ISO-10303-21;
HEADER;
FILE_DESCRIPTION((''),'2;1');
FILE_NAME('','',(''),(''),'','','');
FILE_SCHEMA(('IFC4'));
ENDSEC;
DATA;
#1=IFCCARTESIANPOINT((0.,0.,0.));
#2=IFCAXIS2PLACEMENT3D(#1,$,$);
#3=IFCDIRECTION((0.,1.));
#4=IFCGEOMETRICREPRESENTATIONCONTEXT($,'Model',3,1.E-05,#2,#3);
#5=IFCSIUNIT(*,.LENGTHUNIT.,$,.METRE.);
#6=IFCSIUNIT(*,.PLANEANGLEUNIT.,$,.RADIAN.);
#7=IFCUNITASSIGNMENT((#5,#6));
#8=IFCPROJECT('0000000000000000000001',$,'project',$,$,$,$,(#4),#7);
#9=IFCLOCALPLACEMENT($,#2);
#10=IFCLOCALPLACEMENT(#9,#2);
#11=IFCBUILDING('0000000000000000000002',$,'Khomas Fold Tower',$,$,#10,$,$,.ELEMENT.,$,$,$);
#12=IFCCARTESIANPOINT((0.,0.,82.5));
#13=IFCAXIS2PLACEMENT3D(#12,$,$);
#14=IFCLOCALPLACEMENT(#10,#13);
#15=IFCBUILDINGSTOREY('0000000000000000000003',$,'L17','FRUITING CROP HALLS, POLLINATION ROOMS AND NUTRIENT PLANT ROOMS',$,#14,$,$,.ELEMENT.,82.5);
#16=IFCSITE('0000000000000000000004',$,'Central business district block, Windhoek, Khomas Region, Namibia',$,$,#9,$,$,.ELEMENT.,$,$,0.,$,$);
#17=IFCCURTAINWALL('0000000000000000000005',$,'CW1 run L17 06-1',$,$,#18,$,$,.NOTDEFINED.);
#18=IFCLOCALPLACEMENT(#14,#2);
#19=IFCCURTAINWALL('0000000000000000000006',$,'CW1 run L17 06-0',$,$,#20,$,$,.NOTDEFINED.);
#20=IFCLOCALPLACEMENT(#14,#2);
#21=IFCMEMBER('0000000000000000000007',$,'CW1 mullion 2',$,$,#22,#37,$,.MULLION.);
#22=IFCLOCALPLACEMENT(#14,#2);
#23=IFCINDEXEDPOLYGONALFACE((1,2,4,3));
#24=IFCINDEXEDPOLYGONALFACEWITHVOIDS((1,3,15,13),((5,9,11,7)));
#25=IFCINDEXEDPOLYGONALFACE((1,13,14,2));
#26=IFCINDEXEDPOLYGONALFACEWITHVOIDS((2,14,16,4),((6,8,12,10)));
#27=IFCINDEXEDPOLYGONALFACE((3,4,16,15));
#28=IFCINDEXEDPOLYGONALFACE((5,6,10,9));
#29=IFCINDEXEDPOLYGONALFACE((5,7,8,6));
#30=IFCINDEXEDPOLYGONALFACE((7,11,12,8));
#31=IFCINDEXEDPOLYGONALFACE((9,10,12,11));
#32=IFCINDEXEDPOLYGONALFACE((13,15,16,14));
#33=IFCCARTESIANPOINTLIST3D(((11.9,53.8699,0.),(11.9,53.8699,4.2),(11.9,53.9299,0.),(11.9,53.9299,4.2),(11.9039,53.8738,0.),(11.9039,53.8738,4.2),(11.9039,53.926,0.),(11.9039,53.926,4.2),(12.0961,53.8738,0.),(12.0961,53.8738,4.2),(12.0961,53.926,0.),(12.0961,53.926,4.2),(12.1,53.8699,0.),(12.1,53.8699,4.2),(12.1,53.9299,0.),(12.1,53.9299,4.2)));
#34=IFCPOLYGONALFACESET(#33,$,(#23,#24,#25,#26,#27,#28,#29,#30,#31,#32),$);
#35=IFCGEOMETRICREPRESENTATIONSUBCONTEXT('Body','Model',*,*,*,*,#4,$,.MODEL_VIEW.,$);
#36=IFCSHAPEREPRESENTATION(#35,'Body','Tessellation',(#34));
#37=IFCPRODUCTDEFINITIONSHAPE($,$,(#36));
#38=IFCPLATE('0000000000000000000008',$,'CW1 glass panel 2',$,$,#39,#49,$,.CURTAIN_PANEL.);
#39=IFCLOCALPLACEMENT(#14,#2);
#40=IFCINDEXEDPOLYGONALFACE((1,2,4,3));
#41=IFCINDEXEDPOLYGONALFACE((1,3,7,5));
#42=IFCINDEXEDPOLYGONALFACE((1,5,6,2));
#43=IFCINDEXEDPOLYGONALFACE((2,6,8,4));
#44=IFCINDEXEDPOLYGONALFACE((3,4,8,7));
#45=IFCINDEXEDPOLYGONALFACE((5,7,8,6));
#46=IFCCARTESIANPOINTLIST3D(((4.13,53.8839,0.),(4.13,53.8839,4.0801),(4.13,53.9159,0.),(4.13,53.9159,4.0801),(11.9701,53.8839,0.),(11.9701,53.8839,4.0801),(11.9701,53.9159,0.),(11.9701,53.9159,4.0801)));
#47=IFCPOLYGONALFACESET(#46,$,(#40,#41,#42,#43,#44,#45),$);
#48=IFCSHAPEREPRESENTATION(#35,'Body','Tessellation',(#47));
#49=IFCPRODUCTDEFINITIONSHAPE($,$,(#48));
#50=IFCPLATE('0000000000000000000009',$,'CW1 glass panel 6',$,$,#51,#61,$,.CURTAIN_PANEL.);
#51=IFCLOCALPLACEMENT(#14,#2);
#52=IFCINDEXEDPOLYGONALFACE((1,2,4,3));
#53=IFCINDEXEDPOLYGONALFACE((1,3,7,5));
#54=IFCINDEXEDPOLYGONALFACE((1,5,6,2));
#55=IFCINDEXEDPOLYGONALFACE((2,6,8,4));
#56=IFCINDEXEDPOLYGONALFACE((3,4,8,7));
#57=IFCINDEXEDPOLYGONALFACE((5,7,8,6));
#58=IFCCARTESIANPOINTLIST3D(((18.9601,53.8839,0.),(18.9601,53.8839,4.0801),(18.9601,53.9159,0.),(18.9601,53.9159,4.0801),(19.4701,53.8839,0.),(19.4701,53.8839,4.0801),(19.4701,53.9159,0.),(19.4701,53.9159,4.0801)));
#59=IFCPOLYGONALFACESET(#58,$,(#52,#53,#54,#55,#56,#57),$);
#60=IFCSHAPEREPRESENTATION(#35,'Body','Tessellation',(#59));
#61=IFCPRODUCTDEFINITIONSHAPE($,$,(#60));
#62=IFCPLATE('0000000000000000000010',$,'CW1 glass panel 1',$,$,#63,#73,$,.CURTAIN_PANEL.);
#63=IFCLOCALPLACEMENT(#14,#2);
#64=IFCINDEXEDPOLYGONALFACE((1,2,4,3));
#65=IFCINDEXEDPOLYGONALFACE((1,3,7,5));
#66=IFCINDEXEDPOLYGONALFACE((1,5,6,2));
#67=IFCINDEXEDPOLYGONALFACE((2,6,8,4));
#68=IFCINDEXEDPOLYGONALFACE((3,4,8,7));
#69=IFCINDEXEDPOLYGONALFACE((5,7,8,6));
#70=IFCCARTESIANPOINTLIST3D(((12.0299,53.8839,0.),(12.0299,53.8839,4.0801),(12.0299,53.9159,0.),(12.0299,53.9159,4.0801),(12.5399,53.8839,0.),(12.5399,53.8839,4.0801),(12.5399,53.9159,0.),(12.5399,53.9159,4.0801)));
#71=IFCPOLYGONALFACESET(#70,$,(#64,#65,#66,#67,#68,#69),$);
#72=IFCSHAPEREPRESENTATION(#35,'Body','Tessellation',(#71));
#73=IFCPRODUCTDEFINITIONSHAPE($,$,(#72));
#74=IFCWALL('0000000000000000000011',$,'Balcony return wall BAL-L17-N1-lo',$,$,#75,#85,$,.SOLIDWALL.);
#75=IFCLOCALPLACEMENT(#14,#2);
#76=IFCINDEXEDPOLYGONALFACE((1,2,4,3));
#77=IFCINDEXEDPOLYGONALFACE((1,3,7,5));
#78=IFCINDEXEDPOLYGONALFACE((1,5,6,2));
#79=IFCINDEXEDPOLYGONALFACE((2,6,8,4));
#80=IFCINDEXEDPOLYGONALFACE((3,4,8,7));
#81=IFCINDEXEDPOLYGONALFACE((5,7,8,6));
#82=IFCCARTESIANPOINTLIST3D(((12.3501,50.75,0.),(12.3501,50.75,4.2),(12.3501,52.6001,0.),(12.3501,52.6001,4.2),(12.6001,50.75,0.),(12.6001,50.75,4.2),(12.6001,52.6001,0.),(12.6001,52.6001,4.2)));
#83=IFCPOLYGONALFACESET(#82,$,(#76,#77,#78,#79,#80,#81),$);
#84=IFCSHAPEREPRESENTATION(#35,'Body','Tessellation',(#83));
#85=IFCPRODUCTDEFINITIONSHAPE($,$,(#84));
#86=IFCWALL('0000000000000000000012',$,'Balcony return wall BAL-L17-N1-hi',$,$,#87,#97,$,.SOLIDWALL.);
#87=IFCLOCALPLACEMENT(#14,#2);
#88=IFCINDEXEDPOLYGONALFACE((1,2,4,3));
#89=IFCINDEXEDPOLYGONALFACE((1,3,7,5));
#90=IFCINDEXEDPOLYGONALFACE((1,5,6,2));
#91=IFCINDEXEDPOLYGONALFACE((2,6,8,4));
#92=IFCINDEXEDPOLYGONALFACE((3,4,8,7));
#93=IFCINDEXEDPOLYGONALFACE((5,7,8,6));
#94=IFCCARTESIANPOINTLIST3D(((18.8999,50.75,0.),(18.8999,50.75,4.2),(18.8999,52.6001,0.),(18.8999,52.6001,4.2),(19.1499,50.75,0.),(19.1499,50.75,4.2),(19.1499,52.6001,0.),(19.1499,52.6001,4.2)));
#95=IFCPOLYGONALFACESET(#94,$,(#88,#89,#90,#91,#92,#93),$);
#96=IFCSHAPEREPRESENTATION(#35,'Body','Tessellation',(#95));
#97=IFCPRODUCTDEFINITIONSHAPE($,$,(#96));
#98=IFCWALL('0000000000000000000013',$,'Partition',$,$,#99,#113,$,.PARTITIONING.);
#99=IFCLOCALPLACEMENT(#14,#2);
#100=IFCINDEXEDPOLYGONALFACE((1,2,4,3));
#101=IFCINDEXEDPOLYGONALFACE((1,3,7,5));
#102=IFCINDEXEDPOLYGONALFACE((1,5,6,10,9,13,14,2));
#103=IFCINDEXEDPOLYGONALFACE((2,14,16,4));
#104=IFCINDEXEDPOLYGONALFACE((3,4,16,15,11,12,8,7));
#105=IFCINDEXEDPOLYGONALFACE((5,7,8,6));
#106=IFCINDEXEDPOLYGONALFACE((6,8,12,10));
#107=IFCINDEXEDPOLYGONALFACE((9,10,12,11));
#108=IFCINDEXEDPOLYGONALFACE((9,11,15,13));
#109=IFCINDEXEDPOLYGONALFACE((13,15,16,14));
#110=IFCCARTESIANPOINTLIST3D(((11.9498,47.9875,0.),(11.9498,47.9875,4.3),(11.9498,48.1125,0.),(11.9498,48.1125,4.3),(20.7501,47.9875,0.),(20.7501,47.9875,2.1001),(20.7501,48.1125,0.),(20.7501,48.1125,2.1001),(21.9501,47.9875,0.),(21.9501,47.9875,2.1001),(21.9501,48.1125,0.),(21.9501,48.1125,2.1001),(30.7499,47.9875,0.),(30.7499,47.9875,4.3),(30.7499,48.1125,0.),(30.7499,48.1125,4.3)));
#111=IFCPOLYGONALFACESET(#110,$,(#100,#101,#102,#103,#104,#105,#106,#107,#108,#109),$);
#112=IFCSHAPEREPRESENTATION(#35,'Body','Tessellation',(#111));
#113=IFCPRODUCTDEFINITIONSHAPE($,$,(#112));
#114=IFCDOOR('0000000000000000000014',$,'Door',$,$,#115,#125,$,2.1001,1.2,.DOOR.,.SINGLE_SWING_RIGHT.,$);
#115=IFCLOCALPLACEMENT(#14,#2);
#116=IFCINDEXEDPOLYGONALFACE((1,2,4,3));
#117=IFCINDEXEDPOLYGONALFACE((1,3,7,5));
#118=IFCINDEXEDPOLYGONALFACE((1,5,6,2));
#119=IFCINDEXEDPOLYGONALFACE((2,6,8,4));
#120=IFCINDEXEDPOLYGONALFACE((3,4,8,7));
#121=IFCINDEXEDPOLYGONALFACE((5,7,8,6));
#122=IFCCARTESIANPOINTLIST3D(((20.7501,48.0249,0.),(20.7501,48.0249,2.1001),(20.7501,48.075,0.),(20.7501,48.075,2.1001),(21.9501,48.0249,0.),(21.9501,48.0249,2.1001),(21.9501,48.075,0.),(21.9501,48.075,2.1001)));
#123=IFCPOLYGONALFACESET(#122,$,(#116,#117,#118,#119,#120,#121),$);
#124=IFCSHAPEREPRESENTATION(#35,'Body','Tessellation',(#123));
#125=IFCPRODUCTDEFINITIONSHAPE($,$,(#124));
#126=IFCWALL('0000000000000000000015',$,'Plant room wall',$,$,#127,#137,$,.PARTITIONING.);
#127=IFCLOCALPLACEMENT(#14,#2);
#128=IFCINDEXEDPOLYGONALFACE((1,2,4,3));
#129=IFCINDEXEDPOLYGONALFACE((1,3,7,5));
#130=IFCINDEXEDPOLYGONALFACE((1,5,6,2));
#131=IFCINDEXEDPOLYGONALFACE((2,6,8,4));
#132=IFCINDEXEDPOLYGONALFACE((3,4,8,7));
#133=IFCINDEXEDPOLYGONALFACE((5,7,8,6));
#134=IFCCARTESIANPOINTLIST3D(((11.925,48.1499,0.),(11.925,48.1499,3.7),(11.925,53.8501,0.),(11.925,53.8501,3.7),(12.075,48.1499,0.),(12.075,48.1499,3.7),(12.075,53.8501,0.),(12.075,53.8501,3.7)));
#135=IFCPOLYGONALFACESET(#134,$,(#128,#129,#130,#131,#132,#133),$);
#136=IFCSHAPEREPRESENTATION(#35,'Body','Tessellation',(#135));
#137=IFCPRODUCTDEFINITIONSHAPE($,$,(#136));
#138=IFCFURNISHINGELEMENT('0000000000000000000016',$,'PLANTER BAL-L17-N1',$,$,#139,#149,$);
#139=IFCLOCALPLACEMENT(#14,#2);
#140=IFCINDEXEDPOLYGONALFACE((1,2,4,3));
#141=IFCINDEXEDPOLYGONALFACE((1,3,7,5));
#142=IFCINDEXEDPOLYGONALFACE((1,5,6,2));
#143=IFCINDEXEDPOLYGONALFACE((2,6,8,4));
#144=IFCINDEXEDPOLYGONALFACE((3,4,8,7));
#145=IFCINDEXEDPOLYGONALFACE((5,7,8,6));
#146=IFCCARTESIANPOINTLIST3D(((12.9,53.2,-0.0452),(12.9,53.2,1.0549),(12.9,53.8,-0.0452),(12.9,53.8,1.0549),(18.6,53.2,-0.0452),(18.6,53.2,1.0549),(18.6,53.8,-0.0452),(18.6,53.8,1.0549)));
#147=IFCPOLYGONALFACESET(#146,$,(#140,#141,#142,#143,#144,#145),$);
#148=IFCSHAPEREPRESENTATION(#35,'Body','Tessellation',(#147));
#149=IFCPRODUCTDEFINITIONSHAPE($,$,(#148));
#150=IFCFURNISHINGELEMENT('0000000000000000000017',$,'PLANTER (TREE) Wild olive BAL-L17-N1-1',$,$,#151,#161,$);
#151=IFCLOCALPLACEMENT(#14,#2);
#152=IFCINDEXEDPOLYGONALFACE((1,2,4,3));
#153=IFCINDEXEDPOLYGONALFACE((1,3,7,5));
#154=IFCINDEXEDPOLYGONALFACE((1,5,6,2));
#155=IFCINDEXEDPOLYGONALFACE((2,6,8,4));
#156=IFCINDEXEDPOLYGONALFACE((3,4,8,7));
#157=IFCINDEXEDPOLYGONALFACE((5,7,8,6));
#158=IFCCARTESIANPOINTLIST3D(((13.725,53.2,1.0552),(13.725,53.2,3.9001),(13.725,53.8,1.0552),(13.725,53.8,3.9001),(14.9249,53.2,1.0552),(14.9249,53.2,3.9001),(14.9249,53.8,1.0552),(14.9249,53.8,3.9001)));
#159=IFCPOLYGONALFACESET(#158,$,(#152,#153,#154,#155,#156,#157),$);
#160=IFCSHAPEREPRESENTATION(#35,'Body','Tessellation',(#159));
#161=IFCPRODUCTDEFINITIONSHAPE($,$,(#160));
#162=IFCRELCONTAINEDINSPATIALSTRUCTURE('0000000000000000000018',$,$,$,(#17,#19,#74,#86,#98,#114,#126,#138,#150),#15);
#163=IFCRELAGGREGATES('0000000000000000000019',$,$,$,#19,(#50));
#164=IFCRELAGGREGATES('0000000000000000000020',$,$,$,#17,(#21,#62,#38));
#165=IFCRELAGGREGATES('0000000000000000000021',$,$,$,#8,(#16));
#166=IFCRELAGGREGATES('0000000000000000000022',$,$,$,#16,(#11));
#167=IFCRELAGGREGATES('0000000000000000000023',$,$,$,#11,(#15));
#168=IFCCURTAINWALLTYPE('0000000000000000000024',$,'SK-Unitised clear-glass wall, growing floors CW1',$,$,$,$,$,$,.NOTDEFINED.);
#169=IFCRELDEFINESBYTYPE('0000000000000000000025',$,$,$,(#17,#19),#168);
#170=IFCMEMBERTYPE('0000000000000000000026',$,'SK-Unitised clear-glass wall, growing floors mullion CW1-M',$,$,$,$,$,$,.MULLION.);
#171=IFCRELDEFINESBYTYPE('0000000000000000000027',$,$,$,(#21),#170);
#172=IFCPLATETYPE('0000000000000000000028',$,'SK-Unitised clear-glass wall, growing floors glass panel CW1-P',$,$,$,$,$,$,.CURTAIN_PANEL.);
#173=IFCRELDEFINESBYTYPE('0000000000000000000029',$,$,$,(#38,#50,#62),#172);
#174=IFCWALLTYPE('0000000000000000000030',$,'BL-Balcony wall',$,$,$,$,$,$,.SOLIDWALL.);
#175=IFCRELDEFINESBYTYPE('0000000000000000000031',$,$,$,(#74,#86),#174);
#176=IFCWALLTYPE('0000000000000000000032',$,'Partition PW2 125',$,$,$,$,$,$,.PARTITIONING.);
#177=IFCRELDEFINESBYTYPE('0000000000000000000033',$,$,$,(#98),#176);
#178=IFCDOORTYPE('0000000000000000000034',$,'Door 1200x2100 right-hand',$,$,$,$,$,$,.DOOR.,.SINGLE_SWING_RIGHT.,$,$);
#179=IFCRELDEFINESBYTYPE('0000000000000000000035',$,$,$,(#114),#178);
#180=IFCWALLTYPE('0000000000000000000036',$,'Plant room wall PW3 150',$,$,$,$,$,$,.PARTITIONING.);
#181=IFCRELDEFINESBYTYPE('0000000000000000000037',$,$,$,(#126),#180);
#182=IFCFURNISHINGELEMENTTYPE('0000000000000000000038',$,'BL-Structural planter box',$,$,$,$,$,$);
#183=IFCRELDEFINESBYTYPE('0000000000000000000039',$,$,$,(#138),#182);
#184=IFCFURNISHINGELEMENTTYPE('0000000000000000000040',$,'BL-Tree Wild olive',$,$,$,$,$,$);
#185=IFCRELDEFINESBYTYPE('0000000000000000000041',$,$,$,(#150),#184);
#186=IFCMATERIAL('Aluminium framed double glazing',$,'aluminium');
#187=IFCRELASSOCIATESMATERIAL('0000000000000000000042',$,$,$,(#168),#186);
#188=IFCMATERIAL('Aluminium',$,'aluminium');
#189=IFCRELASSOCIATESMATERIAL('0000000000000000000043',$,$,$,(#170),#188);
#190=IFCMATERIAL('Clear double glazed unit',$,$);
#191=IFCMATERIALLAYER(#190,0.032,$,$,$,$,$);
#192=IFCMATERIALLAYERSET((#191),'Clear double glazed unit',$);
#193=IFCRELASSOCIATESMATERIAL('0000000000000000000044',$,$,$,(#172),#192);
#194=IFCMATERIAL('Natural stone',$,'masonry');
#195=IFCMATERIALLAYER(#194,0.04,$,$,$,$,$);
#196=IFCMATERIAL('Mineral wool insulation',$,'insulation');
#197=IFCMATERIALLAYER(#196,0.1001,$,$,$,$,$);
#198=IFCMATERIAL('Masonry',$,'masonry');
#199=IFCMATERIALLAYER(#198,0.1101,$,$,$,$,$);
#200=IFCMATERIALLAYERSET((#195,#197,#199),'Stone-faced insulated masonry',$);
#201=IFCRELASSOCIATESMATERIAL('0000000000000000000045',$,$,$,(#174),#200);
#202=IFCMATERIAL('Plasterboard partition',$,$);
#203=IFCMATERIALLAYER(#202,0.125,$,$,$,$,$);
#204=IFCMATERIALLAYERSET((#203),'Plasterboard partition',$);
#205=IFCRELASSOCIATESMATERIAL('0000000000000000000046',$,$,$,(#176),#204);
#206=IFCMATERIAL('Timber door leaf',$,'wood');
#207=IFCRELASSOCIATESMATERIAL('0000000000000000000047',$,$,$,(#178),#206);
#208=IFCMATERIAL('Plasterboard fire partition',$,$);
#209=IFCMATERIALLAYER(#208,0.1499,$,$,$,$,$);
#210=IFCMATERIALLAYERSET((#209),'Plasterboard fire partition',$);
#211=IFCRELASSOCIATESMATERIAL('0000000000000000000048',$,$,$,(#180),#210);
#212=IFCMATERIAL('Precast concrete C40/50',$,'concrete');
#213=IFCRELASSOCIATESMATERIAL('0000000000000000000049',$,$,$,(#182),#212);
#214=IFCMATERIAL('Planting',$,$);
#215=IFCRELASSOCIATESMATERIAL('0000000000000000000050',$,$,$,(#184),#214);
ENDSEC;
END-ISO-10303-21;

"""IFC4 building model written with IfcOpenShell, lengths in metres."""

from ifc_helpers import new_model, si_unit, direction, frame, frame_2d, origin, origin_2d, place, context, subcontext, project, spatial, rectangle, hollow_rectangle, extrude, source, transform, mapped, material, layer, layer_set, material_profile, profile_set, type_object, element, fill, aggregate, save


model = new_model("IFC4")

# Units and contexts
model_context = context("Model", 3, precision=1e-05, world=origin(), true_north=direction((0.0, 1.0)))
body_context = subcontext(model_context, "Body", "Model", "MODEL_VIEW")
ifc_project = project(units=[si_unit("LENGTHUNIT", "METRE"), si_unit("PLANEANGLEUNIT", "RADIAN")], contexts=[model_context])

# Site, building, storey
site_placement = place(None, origin())
site = spatial("IfcSite", under=ifc_project, at=site_placement, Name="Central business district block, Windhoek, Khomas Region, Namibia", CompositionType="ELEMENT", RefElevation=0.0)
building_placement = place(site_placement, origin())
building = spatial("IfcBuilding", under=site, at=building_placement, Name="Khomas Fold Tower", CompositionType="ELEMENT")
storey_placement = place(building_placement, frame((0.0, 0.0, 82.5)))
storey = spatial("IfcBuildingStorey", under=building, at=storey_placement, Name="L17", Description="FRUITING CROP HALLS, POLLINATION ROOMS AND NUTRIENT PLANT ROOMS", CompositionType="ELEMENT", Elevation=82.5)

# Curtain walls
ifc_material_1 = material(Name="Aluminium framed double glazing", Category="aluminium")
curtain_wall_type = type_object("IfcCurtainWallType", Name="SK-Unitised clear-glass wall, growing floors CW1", PredefinedType="NOTDEFINED", material=ifc_material_1)
curtain_wall_1_placement = place(storey_placement, origin())
curtain_wall_1 = element("IfcCurtainWall", 1, at=curtain_wall_1_placement, inside=storey, type_object=curtain_wall_type, Name="CW1 run L17 06-1", PredefinedType="NOTDEFINED")
curtain_wall_2_placement = place(storey_placement, origin())
curtain_wall_2 = element("IfcCurtainWall", 2, at=curtain_wall_2_placement, inside=storey, type_object=curtain_wall_type, Name="CW1 run L17 06-0", PredefinedType="NOTDEFINED")

# Member
ifc_material_2 = material(Name="Aluminium", Category="aluminium")
ifc_material_profile_1 = material_profile(ifc_material_2, hollow_rectangle(XDim=0.0601, YDim=0.2, WallThickness=0.0039, at=origin_2d()), Name="SK-Unitised clear-glass wall, growing floors mullion CW1-M")
ifc_profile_set_1 = profile_set([ifc_material_profile_1], Name="Aluminium")
member_type_1 = type_object("IfcMemberType", Name="SK-Unitised clear-glass wall, growing floors mullion CW1-M", PredefinedType="MULLION", material=ifc_profile_set_1)
shared_shape_1 = source(origin(), body_context, "Body", "SweptSolid", [
    extrude(hollow_rectangle(XDim=0.0601, YDim=0.2, WallThickness=0.0039, at=origin_2d()), origin(), (0.0, 0.0, 1.0), 4.2),
])
member_1_placement = place(storey_placement, frame((12.0, 53.8999, 0.0), z_axis=(0.0, 0.0, 1.0), x_axis=(0.0, -1.0, 0.0)))
member_1 = element("IfcMember", 3, at=member_1_placement, type_object=member_type_1, Name="CW1 mullion 2", PredefinedType="MULLION", context=body_context, shape_type="MappedRepresentation", body=[
    mapped(shared_shape_1, transform((0.0, 0.0, 0.0))),
])

# Plates
ifc_material_3 = material(Name="Clear double glazed unit")
ifc_layer_1 = layer(ifc_material_3, 0.032)
ifc_layer_set_1 = layer_set([ifc_layer_1], Name="Clear double glazed unit")
plate_type = type_object("IfcPlateType", Name="SK-Unitised clear-glass wall, growing floors glass panel CW1-P", PredefinedType="CURTAIN_PANEL", material=ifc_layer_set_1)
shared_shape_2 = source(origin(), body_context, "Body", "SweptSolid", [
    extrude(rectangle(XDim=7.8401, YDim=0.032, at=origin_2d()), origin(), (0.0, 0.0, 1.0), 4.0801),
])
plate_1_placement = place(storey_placement, frame((8.05, 53.8999, 0.0), z_axis=(0.0, 0.0, 1.0), x_axis=(-1.0, 0.0, 0.0)))
plate_1 = element("IfcPlate", 4, at=plate_1_placement, type_object=plate_type, Name="CW1 glass panel 2", PredefinedType="CURTAIN_PANEL", context=body_context, shape_type="MappedRepresentation", body=[
    mapped(shared_shape_2, transform((0.0, 0.0, 0.0))),
])
shared_shape_3 = source(origin(), body_context, "Body", "SweptSolid", [
    extrude(rectangle(XDim=0.51, YDim=0.032, at=origin_2d()), origin(), (0.0, 0.0, 1.0), 4.0801),
])
plate_2_placement = place(storey_placement, frame((19.2151, 53.8999, 0.0), z_axis=(0.0, 0.0, 1.0), x_axis=(-1.0, 0.0, 0.0)))
plate_2 = element("IfcPlate", 5, at=plate_2_placement, type_object=plate_type, Name="CW1 glass panel 6", PredefinedType="CURTAIN_PANEL", context=body_context, shape_type="MappedRepresentation", body=[
    mapped(shared_shape_3, transform((0.0, 0.0, 0.0))),
])
aggregate(curtain_wall_2, [plate_2])
plate_3_placement = place(storey_placement, frame((12.2849, 53.8999, 0.0), z_axis=(0.0, 0.0, 1.0), x_axis=(-1.0, 0.0, 0.0)))
plate_3 = element("IfcPlate", 6, at=plate_3_placement, type_object=plate_type, Name="CW1 glass panel 1", PredefinedType="CURTAIN_PANEL", context=body_context, shape_type="MappedRepresentation", body=[
    mapped(shared_shape_3, transform((0.0, 0.0, 0.0))),
])
aggregate(curtain_wall_1, [member_1, plate_3, plate_1])

# Shared definitions
ifc_material_4 = material(Name="Natural stone", Category="masonry")
ifc_layer_2 = layer(ifc_material_4, 0.04)
ifc_material_5 = material(Name="Mineral wool insulation", Category="insulation")
ifc_layer_3 = layer(ifc_material_5, 0.1001)
ifc_material_6 = material(Name="Masonry", Category="masonry")
ifc_layer_4 = layer(ifc_material_6, 0.1101)
ifc_layer_set_2 = layer_set([ifc_layer_2, ifc_layer_3, ifc_layer_4], Name="Stone-faced insulated masonry")
wall_type_1 = type_object("IfcWallType", Name="BL-Balcony wall", PredefinedType="SOLIDWALL", material=ifc_layer_set_2)

# Walls
shared_shape_4 = source(origin(), body_context, "Body", "SweptSolid", [
    extrude(rectangle(XDim=1.8501, YDim=0.25, at=frame_2d((0.925, 0.0))), origin(), (0.0, 0.0, 1.0), 4.2),
])
for number, where, z_axis, x_axis, name in (
    (7, (12.4751, 52.6001, 0.0), (0.0, 0.0, 1.0), (0.0, -1.0, 0.0), "Balcony return wall BAL-L17-N1-lo"),
    (8, (19.0249, 52.6001, 0.0), (0.0, 0.0, 1.0), (0.0, -1.0, 0.0), "Balcony return wall BAL-L17-N1-hi"),
):
    element("IfcWall", number, at=place(storey_placement, frame(where, z_axis=z_axis, x_axis=x_axis)), inside=storey, type_object=wall_type_1, Name=name, PredefinedType="SOLIDWALL", context=body_context, shape_type="MappedRepresentation", body=[
        mapped(shared_shape_4, transform((0.0, 0.0, 0.0))),
    ])

# Wall, opening, door
ifc_material_7 = material(Name="Plasterboard partition")
ifc_layer_5 = layer(ifc_material_7, 0.125)
ifc_layer_set_3 = layer_set([ifc_layer_5], Name="Plasterboard partition")
wall_type_2 = type_object("IfcWallType", Name="Partition PW2 125", PredefinedType="PARTITIONING", material=ifc_layer_set_3)
shared_shape_5 = source(origin(), body_context, "Body", "SweptSolid", [
    extrude(rectangle(XDim=18.8, YDim=0.125, at=frame_2d((9.3999, 0.0))), origin(), (0.0, 0.0, 1.0), 4.3),
])
wall_1_placement = place(storey_placement, frame((11.95, 48.05, 0.0), z_axis=(0.0, 0.0, 1.0), x_axis=(1.0, 0.0, 0.0)))
wall_1 = element("IfcWall", 9, at=wall_1_placement, inside=storey, type_object=wall_type_2, Name="Partition", PredefinedType="PARTITIONING", context=body_context, shape_type="MappedRepresentation", body=[
    mapped(shared_shape_5, transform((0.0, 0.0, 0.0))),
])
shared_shape_6 = source(origin(), body_context, "Body", "SweptSolid", [
    extrude(rectangle(XDim=1.2, YDim=2.1001, at=frame_2d((0.6001, 1.05))), frame((0.0, 0.0725, 0.0), z_axis=(0.0, -1.0, 0.0), x_axis=(1.0, 0.0, 0.0)), (0.0, 0.0, 1.0), 0.145),
])
opening_1_placement = place(wall_1_placement, frame((8.8, 0.0, 0.0)))
opening_1 = element("IfcOpeningElement", 10, at=opening_1_placement, cuts=wall_1, PredefinedType="OPENING", context=body_context, shape_type="MappedRepresentation", body=[
    mapped(shared_shape_6, transform((0.0, 0.0, 0.0))),
])
ifc_material_8 = material(Name="Timber door leaf", Category="wood")
door_type_1 = type_object("IfcDoorType", Name="Door 1200x2100 right-hand", OperationType="SINGLE_SWING_RIGHT", PredefinedType="DOOR", material=ifc_material_8)
shared_shape_7 = source(origin(), body_context, "Body", "SweptSolid", [
    extrude(rectangle(XDim=1.2, YDim=2.1001, at=frame_2d((0.6001, 1.05))), frame((0.0, 0.0249, 0.0), z_axis=(0.0, -1.0, 0.0), x_axis=(1.0, 0.0, 0.0)), (0.0, 0.0, 1.0), 0.05),
])
door_1_placement = place(opening_1_placement, origin())
door_1 = element("IfcDoor", 11, at=door_1_placement, inside=storey, type_object=door_type_1, Name="Door", OperationType="SINGLE_SWING_RIGHT", OverallHeight=2.1001, OverallWidth=1.2, PredefinedType="DOOR", context=body_context, shape_type="MappedRepresentation", body=[
    mapped(shared_shape_7, transform((0.0, 0.0, 0.0))),
])
fill(opening_1, door_1)

# Wall
ifc_material_9 = material(Name="Plasterboard fire partition")
ifc_layer_6 = layer(ifc_material_9, 0.1499)
ifc_layer_set_4 = layer_set([ifc_layer_6], Name="Plasterboard fire partition")
wall_type_3 = type_object("IfcWallType", Name="Plant room wall PW3 150", PredefinedType="PARTITIONING", material=ifc_layer_set_4)
shared_shape_8 = source(origin(), body_context, "Body", "SweptSolid", [
    extrude(rectangle(XDim=5.7002, YDim=0.1499, at=frame_2d((2.8501, 0.0))), origin(), (0.0, 0.0, 1.0), 3.7),
])
wall_2_placement = place(storey_placement, frame((12.0, 48.1499, 0.0), z_axis=(0.0, 0.0, 1.0), x_axis=(0.0, 1.0, 0.0)))
element("IfcWall", 12, at=wall_2_placement, inside=storey, type_object=wall_type_3, Name="Plant room wall", PredefinedType="PARTITIONING", context=body_context, shape_type="MappedRepresentation", body=[
    mapped(shared_shape_8, transform((0.0, 0.0, 0.0))),
])

# Furnishing elements
ifc_material_10 = material(Name="Precast concrete C40/50", Category="concrete")
furnishing_element_type_1 = type_object("IfcFurnishingElementType", Name="BL-Structural planter box", material=ifc_material_10)
shared_shape_9 = source(origin(), body_context, "Body", "SweptSolid", [
    extrude(rectangle(XDim=5.7, YDim=0.6001, at=origin_2d()), origin(), (0.0, 0.0, 1.0), 1.1001),
])
furnishing_1_placement = place(storey_placement, frame((15.75, 53.5, -0.0452), z_axis=(0.0, 0.0, 1.0), x_axis=(1.0, 0.0, 0.0)))
element("IfcFurnishingElement", 13, at=furnishing_1_placement, inside=storey, type_object=furnishing_element_type_1, Name="PLANTER BAL-L17-N1", context=body_context, shape_type="MappedRepresentation", body=[
    mapped(shared_shape_9, transform((0.0, 0.0, 0.0))),
])
ifc_material_11 = material(Name="Planting")
furnishing_element_type_2 = type_object("IfcFurnishingElementType", Name="BL-Tree Wild olive", material=ifc_material_11)
shared_shape_10 = source(origin(), body_context, "Body", "SweptSolid", [
    extrude(rectangle(XDim=1.2, YDim=0.6001, at=origin_2d()), origin(), (0.0, 0.0, 1.0), 2.845),
])
furnishing_2_placement = place(storey_placement, frame((14.325, 53.5, 1.0552), z_axis=(0.0, 0.0, 1.0), x_axis=(1.0, 0.0, 0.0)))
element("IfcFurnishingElement", 14, at=furnishing_2_placement, inside=storey, type_object=furnishing_element_type_2, Name="PLANTER (TREE) Wild olive BAL-L17-N1-1", context=body_context, shape_type="MappedRepresentation", body=[
    mapped(shared_shape_10, transform((0.0, 0.0, 0.0))),
])

save(model, "model.ifc")
